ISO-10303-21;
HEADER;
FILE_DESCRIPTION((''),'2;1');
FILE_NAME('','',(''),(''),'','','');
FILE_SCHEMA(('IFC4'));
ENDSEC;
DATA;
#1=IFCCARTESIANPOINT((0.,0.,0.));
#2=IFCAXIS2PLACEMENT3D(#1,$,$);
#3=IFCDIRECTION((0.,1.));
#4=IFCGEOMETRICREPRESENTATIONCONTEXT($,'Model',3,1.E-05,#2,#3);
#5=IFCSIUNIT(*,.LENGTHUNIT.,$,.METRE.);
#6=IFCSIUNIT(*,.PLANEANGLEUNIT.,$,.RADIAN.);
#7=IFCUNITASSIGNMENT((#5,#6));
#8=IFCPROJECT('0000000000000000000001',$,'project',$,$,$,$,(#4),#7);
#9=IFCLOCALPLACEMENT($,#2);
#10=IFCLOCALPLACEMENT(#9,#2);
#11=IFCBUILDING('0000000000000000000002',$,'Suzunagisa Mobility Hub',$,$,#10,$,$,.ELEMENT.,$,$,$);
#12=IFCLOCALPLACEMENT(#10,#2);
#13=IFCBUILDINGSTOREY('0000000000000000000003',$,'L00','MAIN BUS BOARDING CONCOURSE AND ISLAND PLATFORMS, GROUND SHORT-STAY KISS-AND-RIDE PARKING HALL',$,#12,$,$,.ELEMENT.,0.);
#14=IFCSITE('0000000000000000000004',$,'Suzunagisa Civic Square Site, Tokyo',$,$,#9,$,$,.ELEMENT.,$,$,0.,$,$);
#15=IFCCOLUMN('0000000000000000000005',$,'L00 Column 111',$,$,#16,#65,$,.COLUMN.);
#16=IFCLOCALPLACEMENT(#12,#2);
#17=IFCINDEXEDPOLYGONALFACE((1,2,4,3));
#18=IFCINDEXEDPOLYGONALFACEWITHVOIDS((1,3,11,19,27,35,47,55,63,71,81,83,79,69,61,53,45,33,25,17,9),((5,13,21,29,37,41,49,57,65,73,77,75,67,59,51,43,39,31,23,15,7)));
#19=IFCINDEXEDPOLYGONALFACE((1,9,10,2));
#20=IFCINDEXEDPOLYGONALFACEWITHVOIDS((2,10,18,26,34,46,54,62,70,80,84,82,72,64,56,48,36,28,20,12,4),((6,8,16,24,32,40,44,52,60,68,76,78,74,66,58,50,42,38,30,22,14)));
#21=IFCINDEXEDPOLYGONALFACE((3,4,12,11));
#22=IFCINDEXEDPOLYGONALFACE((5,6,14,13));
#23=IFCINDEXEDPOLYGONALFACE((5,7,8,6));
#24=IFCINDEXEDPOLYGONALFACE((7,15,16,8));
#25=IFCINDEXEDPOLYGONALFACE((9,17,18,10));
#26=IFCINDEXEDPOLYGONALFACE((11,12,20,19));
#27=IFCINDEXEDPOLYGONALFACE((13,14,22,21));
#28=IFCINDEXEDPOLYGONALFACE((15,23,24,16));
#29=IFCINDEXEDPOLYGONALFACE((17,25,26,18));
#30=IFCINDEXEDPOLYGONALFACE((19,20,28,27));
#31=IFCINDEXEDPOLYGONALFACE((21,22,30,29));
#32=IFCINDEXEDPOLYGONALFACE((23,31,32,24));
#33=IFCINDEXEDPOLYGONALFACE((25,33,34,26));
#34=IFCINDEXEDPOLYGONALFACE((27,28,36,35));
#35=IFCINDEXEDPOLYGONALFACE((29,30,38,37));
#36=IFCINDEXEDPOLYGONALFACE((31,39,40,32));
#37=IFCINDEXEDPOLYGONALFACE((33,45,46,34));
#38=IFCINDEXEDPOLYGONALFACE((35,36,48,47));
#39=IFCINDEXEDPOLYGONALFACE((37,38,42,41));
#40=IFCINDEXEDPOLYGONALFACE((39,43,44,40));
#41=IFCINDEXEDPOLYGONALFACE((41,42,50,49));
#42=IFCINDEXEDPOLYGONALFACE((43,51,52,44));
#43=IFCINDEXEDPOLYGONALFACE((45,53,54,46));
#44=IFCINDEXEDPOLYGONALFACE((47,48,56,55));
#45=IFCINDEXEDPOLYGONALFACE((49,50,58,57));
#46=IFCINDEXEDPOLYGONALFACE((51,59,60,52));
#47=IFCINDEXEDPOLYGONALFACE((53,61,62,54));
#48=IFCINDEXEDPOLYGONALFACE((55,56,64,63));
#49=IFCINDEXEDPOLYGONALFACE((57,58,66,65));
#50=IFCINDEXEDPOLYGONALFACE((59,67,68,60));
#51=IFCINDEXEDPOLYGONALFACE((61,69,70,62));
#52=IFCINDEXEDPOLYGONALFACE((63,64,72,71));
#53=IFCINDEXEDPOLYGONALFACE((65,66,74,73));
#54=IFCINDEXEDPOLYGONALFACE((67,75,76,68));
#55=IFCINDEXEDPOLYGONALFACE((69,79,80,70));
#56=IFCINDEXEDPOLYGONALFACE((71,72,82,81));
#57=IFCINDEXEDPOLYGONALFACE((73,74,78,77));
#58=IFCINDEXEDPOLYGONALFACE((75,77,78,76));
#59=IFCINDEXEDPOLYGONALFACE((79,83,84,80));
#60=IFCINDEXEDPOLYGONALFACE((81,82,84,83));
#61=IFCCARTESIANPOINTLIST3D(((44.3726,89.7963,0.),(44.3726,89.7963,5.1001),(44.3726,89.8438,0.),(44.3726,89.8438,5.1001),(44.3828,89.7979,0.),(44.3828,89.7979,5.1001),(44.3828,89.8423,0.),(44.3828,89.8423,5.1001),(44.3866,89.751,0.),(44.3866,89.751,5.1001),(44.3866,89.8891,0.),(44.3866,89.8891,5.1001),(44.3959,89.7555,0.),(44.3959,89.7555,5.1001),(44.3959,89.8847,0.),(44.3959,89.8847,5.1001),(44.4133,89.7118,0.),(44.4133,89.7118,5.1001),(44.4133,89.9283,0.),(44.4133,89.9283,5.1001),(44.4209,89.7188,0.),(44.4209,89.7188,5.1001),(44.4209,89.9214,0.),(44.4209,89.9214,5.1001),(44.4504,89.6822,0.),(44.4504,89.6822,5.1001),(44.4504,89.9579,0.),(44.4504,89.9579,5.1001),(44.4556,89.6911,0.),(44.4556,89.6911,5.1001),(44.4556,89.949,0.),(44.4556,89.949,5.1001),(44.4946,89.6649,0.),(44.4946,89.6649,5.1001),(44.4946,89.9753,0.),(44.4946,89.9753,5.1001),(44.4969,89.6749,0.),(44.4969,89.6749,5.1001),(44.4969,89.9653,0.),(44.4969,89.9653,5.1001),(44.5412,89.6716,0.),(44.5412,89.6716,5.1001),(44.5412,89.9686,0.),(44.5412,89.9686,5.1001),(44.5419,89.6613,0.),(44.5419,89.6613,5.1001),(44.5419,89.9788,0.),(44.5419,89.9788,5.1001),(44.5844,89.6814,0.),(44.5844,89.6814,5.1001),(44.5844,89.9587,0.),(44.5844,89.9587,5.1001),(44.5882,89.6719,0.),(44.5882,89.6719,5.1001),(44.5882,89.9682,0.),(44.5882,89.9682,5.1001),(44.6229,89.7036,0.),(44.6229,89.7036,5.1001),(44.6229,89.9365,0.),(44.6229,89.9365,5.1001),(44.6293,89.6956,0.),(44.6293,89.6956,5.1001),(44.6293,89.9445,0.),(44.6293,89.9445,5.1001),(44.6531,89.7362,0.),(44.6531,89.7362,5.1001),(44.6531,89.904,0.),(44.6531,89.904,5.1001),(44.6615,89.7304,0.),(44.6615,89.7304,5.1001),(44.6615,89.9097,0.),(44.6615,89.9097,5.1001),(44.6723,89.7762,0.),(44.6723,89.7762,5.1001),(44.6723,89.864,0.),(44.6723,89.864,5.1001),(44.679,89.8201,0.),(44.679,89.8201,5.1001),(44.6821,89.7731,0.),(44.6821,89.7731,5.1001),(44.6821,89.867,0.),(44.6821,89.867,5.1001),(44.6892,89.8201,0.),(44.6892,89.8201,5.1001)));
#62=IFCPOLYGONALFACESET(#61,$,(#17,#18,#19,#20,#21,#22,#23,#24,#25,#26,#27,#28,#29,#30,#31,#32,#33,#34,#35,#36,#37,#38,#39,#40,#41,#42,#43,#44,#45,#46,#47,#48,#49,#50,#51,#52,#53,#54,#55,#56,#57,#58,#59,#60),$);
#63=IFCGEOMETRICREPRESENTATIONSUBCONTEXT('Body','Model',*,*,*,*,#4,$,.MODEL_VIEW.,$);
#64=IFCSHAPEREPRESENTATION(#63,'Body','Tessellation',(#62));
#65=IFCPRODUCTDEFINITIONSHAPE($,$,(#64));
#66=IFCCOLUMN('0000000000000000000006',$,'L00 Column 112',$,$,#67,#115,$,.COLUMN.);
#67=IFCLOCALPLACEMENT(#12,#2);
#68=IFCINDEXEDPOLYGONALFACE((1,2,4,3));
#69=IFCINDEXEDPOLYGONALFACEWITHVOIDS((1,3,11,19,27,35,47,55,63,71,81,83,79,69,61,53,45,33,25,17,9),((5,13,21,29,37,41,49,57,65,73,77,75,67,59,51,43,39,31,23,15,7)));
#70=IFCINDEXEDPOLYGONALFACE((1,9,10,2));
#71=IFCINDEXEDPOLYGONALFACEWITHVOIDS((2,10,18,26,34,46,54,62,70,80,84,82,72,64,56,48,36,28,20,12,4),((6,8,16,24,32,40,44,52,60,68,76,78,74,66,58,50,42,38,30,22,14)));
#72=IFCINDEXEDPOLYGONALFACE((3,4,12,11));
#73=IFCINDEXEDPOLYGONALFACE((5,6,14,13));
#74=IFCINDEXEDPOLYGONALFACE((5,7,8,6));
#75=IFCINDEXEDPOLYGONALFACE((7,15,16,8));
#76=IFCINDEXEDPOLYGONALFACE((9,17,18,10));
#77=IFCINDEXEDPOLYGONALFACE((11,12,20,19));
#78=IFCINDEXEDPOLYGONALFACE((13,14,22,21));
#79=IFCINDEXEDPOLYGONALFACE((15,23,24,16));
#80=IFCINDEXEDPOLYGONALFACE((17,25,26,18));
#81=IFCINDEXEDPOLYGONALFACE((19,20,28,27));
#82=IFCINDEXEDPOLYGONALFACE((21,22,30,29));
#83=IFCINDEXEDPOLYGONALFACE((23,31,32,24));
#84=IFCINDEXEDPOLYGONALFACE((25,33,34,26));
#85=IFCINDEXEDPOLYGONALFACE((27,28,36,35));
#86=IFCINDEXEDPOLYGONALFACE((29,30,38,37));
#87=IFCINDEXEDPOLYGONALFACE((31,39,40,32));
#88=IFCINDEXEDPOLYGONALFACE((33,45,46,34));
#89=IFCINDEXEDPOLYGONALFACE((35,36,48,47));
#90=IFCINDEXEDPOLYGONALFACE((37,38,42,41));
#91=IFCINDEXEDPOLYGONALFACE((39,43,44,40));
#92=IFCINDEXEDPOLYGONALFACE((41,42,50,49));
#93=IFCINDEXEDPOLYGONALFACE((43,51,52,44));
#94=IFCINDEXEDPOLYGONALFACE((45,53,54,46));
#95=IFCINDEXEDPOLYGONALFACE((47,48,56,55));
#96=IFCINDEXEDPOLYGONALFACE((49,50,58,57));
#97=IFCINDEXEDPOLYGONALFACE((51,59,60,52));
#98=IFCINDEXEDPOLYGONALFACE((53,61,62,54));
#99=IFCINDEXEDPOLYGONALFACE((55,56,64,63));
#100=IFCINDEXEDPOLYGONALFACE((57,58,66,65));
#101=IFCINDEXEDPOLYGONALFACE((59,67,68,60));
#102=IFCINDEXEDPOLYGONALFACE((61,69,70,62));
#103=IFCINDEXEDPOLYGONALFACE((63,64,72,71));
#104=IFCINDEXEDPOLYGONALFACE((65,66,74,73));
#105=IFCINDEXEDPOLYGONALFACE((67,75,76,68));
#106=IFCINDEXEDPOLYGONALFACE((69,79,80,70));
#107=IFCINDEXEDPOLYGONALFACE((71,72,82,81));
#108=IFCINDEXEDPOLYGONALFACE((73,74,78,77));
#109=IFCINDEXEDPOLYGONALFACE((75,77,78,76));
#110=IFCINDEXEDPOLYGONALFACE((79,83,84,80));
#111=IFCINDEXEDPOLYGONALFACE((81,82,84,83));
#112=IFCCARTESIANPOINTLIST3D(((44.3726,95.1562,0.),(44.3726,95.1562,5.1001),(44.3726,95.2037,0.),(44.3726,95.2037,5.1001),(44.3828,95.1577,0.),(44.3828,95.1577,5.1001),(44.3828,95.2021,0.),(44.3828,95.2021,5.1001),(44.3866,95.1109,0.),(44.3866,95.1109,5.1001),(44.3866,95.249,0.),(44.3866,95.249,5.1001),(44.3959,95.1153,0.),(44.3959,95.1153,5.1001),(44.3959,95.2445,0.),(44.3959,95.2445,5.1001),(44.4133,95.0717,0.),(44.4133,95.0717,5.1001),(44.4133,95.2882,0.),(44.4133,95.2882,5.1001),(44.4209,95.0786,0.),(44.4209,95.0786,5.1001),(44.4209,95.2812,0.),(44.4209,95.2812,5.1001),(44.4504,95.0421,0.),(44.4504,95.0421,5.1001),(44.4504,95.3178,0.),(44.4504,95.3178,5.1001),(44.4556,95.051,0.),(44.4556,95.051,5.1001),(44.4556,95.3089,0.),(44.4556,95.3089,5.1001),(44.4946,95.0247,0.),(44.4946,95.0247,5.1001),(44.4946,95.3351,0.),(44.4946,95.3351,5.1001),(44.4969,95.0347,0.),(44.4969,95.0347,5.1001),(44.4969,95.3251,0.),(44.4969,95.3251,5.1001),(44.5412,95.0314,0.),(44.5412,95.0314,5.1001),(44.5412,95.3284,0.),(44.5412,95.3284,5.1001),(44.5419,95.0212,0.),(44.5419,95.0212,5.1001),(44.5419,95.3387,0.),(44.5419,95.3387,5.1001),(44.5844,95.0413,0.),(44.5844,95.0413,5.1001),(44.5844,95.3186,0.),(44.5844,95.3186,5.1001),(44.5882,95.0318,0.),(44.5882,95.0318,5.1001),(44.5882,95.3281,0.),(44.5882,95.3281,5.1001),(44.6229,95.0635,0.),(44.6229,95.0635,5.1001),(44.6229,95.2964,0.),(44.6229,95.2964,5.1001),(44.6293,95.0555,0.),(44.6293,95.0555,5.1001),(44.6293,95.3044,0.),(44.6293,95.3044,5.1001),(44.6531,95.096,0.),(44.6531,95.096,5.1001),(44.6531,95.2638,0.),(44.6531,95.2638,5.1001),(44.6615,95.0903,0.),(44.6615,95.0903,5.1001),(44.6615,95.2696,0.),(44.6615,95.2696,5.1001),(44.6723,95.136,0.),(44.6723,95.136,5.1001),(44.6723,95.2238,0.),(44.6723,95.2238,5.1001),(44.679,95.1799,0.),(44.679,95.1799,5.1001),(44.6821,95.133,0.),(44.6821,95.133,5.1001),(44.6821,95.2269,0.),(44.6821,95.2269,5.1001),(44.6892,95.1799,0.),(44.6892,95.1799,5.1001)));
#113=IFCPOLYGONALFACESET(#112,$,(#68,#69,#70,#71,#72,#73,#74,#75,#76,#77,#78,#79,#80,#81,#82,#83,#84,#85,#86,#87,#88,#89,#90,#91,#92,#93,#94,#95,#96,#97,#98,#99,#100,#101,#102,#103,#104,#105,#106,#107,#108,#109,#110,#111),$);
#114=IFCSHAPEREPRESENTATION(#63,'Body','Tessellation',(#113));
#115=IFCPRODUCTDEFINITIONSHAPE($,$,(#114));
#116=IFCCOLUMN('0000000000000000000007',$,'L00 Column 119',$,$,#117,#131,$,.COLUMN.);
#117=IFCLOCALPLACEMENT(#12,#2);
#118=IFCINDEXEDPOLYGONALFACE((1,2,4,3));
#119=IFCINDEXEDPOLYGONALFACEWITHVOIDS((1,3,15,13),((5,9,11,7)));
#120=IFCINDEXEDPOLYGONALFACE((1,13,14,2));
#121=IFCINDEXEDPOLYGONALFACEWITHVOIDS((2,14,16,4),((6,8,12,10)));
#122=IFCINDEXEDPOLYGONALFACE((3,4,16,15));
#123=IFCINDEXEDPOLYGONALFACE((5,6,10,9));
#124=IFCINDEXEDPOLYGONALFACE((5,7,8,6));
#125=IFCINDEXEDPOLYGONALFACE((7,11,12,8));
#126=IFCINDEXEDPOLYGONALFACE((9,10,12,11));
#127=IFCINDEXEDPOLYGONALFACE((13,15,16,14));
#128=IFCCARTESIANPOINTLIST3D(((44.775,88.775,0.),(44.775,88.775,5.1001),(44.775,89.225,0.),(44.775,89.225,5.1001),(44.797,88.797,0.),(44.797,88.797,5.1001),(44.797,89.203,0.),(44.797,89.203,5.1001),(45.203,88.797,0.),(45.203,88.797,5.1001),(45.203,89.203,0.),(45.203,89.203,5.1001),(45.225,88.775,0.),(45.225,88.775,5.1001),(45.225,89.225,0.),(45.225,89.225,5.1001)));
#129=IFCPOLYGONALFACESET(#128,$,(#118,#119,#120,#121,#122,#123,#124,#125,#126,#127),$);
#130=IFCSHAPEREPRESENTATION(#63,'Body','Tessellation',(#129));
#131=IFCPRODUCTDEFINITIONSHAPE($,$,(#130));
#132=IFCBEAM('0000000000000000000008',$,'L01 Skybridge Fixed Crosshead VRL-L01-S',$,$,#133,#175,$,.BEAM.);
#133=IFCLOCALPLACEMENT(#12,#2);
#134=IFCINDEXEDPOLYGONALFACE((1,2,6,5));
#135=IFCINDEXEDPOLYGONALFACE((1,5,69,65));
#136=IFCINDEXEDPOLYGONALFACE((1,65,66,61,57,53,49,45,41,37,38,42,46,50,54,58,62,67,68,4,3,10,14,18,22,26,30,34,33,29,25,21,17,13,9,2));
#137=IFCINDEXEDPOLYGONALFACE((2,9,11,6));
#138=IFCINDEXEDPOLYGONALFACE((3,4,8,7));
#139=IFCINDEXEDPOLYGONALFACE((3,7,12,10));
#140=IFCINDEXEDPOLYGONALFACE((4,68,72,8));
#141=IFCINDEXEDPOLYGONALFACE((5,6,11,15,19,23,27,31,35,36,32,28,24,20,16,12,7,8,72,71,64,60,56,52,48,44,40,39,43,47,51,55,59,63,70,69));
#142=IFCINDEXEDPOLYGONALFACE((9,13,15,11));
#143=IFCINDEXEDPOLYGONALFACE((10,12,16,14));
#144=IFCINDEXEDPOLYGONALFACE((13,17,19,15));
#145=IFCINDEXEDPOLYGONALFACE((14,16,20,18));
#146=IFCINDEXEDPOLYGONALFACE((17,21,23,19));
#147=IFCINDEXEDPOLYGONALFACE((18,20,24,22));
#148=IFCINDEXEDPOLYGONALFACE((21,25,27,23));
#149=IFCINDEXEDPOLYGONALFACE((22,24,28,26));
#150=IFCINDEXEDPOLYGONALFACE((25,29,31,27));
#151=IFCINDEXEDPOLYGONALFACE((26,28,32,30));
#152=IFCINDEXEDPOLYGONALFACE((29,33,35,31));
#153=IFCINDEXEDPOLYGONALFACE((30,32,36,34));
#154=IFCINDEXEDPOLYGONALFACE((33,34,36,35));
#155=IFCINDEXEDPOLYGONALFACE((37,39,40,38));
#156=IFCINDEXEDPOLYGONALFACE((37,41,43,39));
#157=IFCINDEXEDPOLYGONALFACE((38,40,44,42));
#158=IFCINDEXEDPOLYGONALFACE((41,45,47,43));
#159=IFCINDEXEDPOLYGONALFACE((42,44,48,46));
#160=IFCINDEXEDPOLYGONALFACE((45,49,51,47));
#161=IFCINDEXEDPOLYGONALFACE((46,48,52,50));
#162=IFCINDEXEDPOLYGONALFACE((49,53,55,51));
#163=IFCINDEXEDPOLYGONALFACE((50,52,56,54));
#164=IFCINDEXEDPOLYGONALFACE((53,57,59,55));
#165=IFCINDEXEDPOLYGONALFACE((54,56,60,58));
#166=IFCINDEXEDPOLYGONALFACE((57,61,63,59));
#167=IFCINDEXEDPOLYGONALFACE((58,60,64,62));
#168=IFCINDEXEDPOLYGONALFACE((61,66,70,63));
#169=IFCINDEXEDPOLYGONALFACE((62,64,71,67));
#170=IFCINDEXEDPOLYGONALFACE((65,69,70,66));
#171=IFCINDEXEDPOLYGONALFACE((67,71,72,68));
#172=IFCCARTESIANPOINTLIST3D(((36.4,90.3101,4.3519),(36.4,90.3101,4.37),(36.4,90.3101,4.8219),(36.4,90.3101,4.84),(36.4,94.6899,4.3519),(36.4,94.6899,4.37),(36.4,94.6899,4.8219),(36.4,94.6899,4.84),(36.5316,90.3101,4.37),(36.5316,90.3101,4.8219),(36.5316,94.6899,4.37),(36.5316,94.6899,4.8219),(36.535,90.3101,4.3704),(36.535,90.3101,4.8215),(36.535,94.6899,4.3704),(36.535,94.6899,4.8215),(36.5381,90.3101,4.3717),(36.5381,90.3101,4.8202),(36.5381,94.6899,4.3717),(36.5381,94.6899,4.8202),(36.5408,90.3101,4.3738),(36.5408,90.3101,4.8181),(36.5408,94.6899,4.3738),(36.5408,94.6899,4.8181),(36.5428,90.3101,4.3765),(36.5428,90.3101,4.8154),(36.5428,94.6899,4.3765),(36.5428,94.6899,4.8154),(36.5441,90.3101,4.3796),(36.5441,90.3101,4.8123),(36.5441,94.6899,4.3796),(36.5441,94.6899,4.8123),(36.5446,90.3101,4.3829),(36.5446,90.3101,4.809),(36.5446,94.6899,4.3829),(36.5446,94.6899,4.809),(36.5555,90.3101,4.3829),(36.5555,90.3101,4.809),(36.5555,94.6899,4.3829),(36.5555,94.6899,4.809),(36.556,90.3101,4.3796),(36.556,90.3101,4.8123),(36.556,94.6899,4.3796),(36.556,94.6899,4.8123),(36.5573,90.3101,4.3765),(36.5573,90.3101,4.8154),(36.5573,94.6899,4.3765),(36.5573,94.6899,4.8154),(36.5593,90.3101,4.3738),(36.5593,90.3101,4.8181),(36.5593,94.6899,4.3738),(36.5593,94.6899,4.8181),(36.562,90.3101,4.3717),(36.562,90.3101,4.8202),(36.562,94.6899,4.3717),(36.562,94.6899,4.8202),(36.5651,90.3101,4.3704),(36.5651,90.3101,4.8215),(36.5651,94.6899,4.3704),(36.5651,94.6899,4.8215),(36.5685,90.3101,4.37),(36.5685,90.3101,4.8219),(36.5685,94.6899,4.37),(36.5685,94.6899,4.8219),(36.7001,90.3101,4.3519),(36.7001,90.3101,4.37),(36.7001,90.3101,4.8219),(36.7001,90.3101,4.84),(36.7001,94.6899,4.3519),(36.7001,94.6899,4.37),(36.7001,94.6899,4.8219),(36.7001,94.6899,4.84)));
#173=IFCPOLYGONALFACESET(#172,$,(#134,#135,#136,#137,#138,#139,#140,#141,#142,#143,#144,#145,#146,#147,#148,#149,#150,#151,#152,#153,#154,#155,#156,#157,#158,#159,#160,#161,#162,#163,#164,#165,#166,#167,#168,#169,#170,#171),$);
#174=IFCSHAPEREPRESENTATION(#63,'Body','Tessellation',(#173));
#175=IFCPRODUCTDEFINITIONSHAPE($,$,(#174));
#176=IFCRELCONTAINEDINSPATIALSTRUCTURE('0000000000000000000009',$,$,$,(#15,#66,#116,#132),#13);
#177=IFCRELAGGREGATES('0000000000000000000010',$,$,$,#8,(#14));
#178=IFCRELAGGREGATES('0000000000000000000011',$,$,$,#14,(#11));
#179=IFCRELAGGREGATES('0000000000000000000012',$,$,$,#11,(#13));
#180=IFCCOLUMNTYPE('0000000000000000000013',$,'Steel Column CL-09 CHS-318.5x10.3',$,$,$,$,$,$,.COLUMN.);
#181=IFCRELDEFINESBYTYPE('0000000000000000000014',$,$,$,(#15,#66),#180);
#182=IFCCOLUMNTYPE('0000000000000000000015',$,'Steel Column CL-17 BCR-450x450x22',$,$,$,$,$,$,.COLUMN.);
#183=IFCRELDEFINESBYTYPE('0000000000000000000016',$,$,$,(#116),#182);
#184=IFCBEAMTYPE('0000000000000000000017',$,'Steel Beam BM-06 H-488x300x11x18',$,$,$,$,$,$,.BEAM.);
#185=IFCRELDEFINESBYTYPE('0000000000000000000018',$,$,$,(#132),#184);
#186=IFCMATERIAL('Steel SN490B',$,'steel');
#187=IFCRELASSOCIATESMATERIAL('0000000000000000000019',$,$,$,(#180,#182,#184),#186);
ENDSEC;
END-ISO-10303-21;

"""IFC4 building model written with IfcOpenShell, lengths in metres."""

from ifc_helpers import new_model, si_unit, direction, frame, origin, origin_2d, place, context, subcontext, project, spatial, hollow_rectangle, hollow_circle, i_section, extrude, material, material_profile, profile_set, type_object, element, save


model = new_model("IFC4")

# Units and contexts
model_context = context("Model", 3, precision=1e-05, world=origin(), true_north=direction((0.0, 1.0)))
body_context = subcontext(model_context, "Body", "Model", "MODEL_VIEW")
ifc_project = project(units=[si_unit("LENGTHUNIT", "METRE"), si_unit("PLANEANGLEUNIT", "RADIAN")], contexts=[model_context])

# Site, building, storey
site_placement = place(None, origin())
site = spatial("IfcSite", under=ifc_project, at=site_placement, Name="Suzunagisa Civic Square Site, Tokyo", CompositionType="ELEMENT", RefElevation=0.0)
building_placement = place(site_placement, origin())
building = spatial("IfcBuilding", under=site, at=building_placement, Name="Suzunagisa Mobility Hub", CompositionType="ELEMENT")
storey_placement = place(building_placement, origin())
storey = spatial("IfcBuildingStorey", under=building, at=storey_placement, Name="L00", Description="MAIN BUS BOARDING CONCOURSE AND ISLAND PLATFORMS, GROUND SHORT-STAY KISS-AND-RIDE PARKING HALL", CompositionType="ELEMENT", Elevation=0.0)

# Columns
ifc_material_1 = material(Name="Steel SN490B", Category="steel")
ifc_material_profile_1 = material_profile(ifc_material_1, hollow_circle(Radius=0.1592, WallThickness=0.0103, at=origin_2d()), Name="CHS-318.5x10.3")
ifc_profile_set_1 = profile_set([ifc_material_profile_1], Name="Steel SN490B")
column_type_1 = type_object("IfcColumnType", Name="Steel Column CL-09 CHS-318.5x10.3", PredefinedType="COLUMN", material=ifc_profile_set_1)
for number, where, z_axis, x_axis, name in (
    (1, (44.53, 89.8201, 0.0), (0.0, 0.0, 1.0), (1.0, 0.0, 0.0), "L00 Column 111"),
    (2, (44.53, 95.1799, 0.0), (0.0, 0.0, 1.0), (1.0, 0.0, 0.0), "L00 Column 112"),
):
    element("IfcColumn", number, at=place(storey_placement, frame(where, z_axis=z_axis, x_axis=x_axis)), inside=storey, type_object=column_type_1, Name=name, PredefinedType="COLUMN", context=body_context, shape_type="SweptSolid", body=[
        extrude(hollow_circle(Radius=0.1592, WallThickness=0.0103, at=origin_2d()), origin(), (0.0, 0.0, 1.0), 5.1001),
    ])
ifc_material_profile_2 = material_profile(ifc_material_1, hollow_rectangle(XDim=0.45, YDim=0.45, WallThickness=0.022, at=origin_2d()), Name="BCR-450x450x22")
ifc_profile_set_2 = profile_set([ifc_material_profile_2], Name="Steel SN490B")
column_type_2 = type_object("IfcColumnType", Name="Steel Column CL-17 BCR-450x450x22", PredefinedType="COLUMN", material=ifc_profile_set_2)
column_placement = place(storey_placement, frame((45.0, 89.0, 0.0), z_axis=(0.0, 0.0, 1.0), x_axis=(1.0, 0.0, 0.0)))
element("IfcColumn", 3, at=column_placement, inside=storey, type_object=column_type_2, Name="L00 Column 119", PredefinedType="COLUMN", context=body_context, shape_type="SweptSolid", body=[
    extrude(hollow_rectangle(XDim=0.45, YDim=0.45, WallThickness=0.022, at=origin_2d()), origin(), (0.0, 0.0, 1.0), 5.1001),
])

# Beam
ifc_material_profile_3 = material_profile(ifc_material_1, i_section(OverallWidth=0.3, OverallDepth=0.488, WebThickness=0.011, FlangeThickness=0.0181, FilletRadius=0.0129, at=origin_2d()), Name="H-488x300x11x18")
ifc_profile_set_3 = profile_set([ifc_material_profile_3], Name="Steel SN490B")
beam_type_1 = type_object("IfcBeamType", Name="Steel Beam BM-06 H-488x300x11x18", PredefinedType="BEAM", material=ifc_profile_set_3)
beam_1_placement = place(storey_placement, frame((36.55, 90.3101, 4.5959), z_axis=(0.0, 1.0, 0.0), x_axis=(-1.0, 0.0, 0.0)))
element("IfcBeam", 4, at=beam_1_placement, inside=storey, type_object=beam_type_1, Name="L01 Skybridge Fixed Crosshead VRL-L01-S", PredefinedType="BEAM", context=body_context, shape_type="SweptSolid", body=[
    extrude(i_section(OverallWidth=0.3, OverallDepth=0.488, WebThickness=0.011, FlangeThickness=0.0181, FilletRadius=0.0129, at=origin_2d()), origin(), (0.0, 0.0, 1.0), 4.3799),
])

save(model, "model.ifc")
